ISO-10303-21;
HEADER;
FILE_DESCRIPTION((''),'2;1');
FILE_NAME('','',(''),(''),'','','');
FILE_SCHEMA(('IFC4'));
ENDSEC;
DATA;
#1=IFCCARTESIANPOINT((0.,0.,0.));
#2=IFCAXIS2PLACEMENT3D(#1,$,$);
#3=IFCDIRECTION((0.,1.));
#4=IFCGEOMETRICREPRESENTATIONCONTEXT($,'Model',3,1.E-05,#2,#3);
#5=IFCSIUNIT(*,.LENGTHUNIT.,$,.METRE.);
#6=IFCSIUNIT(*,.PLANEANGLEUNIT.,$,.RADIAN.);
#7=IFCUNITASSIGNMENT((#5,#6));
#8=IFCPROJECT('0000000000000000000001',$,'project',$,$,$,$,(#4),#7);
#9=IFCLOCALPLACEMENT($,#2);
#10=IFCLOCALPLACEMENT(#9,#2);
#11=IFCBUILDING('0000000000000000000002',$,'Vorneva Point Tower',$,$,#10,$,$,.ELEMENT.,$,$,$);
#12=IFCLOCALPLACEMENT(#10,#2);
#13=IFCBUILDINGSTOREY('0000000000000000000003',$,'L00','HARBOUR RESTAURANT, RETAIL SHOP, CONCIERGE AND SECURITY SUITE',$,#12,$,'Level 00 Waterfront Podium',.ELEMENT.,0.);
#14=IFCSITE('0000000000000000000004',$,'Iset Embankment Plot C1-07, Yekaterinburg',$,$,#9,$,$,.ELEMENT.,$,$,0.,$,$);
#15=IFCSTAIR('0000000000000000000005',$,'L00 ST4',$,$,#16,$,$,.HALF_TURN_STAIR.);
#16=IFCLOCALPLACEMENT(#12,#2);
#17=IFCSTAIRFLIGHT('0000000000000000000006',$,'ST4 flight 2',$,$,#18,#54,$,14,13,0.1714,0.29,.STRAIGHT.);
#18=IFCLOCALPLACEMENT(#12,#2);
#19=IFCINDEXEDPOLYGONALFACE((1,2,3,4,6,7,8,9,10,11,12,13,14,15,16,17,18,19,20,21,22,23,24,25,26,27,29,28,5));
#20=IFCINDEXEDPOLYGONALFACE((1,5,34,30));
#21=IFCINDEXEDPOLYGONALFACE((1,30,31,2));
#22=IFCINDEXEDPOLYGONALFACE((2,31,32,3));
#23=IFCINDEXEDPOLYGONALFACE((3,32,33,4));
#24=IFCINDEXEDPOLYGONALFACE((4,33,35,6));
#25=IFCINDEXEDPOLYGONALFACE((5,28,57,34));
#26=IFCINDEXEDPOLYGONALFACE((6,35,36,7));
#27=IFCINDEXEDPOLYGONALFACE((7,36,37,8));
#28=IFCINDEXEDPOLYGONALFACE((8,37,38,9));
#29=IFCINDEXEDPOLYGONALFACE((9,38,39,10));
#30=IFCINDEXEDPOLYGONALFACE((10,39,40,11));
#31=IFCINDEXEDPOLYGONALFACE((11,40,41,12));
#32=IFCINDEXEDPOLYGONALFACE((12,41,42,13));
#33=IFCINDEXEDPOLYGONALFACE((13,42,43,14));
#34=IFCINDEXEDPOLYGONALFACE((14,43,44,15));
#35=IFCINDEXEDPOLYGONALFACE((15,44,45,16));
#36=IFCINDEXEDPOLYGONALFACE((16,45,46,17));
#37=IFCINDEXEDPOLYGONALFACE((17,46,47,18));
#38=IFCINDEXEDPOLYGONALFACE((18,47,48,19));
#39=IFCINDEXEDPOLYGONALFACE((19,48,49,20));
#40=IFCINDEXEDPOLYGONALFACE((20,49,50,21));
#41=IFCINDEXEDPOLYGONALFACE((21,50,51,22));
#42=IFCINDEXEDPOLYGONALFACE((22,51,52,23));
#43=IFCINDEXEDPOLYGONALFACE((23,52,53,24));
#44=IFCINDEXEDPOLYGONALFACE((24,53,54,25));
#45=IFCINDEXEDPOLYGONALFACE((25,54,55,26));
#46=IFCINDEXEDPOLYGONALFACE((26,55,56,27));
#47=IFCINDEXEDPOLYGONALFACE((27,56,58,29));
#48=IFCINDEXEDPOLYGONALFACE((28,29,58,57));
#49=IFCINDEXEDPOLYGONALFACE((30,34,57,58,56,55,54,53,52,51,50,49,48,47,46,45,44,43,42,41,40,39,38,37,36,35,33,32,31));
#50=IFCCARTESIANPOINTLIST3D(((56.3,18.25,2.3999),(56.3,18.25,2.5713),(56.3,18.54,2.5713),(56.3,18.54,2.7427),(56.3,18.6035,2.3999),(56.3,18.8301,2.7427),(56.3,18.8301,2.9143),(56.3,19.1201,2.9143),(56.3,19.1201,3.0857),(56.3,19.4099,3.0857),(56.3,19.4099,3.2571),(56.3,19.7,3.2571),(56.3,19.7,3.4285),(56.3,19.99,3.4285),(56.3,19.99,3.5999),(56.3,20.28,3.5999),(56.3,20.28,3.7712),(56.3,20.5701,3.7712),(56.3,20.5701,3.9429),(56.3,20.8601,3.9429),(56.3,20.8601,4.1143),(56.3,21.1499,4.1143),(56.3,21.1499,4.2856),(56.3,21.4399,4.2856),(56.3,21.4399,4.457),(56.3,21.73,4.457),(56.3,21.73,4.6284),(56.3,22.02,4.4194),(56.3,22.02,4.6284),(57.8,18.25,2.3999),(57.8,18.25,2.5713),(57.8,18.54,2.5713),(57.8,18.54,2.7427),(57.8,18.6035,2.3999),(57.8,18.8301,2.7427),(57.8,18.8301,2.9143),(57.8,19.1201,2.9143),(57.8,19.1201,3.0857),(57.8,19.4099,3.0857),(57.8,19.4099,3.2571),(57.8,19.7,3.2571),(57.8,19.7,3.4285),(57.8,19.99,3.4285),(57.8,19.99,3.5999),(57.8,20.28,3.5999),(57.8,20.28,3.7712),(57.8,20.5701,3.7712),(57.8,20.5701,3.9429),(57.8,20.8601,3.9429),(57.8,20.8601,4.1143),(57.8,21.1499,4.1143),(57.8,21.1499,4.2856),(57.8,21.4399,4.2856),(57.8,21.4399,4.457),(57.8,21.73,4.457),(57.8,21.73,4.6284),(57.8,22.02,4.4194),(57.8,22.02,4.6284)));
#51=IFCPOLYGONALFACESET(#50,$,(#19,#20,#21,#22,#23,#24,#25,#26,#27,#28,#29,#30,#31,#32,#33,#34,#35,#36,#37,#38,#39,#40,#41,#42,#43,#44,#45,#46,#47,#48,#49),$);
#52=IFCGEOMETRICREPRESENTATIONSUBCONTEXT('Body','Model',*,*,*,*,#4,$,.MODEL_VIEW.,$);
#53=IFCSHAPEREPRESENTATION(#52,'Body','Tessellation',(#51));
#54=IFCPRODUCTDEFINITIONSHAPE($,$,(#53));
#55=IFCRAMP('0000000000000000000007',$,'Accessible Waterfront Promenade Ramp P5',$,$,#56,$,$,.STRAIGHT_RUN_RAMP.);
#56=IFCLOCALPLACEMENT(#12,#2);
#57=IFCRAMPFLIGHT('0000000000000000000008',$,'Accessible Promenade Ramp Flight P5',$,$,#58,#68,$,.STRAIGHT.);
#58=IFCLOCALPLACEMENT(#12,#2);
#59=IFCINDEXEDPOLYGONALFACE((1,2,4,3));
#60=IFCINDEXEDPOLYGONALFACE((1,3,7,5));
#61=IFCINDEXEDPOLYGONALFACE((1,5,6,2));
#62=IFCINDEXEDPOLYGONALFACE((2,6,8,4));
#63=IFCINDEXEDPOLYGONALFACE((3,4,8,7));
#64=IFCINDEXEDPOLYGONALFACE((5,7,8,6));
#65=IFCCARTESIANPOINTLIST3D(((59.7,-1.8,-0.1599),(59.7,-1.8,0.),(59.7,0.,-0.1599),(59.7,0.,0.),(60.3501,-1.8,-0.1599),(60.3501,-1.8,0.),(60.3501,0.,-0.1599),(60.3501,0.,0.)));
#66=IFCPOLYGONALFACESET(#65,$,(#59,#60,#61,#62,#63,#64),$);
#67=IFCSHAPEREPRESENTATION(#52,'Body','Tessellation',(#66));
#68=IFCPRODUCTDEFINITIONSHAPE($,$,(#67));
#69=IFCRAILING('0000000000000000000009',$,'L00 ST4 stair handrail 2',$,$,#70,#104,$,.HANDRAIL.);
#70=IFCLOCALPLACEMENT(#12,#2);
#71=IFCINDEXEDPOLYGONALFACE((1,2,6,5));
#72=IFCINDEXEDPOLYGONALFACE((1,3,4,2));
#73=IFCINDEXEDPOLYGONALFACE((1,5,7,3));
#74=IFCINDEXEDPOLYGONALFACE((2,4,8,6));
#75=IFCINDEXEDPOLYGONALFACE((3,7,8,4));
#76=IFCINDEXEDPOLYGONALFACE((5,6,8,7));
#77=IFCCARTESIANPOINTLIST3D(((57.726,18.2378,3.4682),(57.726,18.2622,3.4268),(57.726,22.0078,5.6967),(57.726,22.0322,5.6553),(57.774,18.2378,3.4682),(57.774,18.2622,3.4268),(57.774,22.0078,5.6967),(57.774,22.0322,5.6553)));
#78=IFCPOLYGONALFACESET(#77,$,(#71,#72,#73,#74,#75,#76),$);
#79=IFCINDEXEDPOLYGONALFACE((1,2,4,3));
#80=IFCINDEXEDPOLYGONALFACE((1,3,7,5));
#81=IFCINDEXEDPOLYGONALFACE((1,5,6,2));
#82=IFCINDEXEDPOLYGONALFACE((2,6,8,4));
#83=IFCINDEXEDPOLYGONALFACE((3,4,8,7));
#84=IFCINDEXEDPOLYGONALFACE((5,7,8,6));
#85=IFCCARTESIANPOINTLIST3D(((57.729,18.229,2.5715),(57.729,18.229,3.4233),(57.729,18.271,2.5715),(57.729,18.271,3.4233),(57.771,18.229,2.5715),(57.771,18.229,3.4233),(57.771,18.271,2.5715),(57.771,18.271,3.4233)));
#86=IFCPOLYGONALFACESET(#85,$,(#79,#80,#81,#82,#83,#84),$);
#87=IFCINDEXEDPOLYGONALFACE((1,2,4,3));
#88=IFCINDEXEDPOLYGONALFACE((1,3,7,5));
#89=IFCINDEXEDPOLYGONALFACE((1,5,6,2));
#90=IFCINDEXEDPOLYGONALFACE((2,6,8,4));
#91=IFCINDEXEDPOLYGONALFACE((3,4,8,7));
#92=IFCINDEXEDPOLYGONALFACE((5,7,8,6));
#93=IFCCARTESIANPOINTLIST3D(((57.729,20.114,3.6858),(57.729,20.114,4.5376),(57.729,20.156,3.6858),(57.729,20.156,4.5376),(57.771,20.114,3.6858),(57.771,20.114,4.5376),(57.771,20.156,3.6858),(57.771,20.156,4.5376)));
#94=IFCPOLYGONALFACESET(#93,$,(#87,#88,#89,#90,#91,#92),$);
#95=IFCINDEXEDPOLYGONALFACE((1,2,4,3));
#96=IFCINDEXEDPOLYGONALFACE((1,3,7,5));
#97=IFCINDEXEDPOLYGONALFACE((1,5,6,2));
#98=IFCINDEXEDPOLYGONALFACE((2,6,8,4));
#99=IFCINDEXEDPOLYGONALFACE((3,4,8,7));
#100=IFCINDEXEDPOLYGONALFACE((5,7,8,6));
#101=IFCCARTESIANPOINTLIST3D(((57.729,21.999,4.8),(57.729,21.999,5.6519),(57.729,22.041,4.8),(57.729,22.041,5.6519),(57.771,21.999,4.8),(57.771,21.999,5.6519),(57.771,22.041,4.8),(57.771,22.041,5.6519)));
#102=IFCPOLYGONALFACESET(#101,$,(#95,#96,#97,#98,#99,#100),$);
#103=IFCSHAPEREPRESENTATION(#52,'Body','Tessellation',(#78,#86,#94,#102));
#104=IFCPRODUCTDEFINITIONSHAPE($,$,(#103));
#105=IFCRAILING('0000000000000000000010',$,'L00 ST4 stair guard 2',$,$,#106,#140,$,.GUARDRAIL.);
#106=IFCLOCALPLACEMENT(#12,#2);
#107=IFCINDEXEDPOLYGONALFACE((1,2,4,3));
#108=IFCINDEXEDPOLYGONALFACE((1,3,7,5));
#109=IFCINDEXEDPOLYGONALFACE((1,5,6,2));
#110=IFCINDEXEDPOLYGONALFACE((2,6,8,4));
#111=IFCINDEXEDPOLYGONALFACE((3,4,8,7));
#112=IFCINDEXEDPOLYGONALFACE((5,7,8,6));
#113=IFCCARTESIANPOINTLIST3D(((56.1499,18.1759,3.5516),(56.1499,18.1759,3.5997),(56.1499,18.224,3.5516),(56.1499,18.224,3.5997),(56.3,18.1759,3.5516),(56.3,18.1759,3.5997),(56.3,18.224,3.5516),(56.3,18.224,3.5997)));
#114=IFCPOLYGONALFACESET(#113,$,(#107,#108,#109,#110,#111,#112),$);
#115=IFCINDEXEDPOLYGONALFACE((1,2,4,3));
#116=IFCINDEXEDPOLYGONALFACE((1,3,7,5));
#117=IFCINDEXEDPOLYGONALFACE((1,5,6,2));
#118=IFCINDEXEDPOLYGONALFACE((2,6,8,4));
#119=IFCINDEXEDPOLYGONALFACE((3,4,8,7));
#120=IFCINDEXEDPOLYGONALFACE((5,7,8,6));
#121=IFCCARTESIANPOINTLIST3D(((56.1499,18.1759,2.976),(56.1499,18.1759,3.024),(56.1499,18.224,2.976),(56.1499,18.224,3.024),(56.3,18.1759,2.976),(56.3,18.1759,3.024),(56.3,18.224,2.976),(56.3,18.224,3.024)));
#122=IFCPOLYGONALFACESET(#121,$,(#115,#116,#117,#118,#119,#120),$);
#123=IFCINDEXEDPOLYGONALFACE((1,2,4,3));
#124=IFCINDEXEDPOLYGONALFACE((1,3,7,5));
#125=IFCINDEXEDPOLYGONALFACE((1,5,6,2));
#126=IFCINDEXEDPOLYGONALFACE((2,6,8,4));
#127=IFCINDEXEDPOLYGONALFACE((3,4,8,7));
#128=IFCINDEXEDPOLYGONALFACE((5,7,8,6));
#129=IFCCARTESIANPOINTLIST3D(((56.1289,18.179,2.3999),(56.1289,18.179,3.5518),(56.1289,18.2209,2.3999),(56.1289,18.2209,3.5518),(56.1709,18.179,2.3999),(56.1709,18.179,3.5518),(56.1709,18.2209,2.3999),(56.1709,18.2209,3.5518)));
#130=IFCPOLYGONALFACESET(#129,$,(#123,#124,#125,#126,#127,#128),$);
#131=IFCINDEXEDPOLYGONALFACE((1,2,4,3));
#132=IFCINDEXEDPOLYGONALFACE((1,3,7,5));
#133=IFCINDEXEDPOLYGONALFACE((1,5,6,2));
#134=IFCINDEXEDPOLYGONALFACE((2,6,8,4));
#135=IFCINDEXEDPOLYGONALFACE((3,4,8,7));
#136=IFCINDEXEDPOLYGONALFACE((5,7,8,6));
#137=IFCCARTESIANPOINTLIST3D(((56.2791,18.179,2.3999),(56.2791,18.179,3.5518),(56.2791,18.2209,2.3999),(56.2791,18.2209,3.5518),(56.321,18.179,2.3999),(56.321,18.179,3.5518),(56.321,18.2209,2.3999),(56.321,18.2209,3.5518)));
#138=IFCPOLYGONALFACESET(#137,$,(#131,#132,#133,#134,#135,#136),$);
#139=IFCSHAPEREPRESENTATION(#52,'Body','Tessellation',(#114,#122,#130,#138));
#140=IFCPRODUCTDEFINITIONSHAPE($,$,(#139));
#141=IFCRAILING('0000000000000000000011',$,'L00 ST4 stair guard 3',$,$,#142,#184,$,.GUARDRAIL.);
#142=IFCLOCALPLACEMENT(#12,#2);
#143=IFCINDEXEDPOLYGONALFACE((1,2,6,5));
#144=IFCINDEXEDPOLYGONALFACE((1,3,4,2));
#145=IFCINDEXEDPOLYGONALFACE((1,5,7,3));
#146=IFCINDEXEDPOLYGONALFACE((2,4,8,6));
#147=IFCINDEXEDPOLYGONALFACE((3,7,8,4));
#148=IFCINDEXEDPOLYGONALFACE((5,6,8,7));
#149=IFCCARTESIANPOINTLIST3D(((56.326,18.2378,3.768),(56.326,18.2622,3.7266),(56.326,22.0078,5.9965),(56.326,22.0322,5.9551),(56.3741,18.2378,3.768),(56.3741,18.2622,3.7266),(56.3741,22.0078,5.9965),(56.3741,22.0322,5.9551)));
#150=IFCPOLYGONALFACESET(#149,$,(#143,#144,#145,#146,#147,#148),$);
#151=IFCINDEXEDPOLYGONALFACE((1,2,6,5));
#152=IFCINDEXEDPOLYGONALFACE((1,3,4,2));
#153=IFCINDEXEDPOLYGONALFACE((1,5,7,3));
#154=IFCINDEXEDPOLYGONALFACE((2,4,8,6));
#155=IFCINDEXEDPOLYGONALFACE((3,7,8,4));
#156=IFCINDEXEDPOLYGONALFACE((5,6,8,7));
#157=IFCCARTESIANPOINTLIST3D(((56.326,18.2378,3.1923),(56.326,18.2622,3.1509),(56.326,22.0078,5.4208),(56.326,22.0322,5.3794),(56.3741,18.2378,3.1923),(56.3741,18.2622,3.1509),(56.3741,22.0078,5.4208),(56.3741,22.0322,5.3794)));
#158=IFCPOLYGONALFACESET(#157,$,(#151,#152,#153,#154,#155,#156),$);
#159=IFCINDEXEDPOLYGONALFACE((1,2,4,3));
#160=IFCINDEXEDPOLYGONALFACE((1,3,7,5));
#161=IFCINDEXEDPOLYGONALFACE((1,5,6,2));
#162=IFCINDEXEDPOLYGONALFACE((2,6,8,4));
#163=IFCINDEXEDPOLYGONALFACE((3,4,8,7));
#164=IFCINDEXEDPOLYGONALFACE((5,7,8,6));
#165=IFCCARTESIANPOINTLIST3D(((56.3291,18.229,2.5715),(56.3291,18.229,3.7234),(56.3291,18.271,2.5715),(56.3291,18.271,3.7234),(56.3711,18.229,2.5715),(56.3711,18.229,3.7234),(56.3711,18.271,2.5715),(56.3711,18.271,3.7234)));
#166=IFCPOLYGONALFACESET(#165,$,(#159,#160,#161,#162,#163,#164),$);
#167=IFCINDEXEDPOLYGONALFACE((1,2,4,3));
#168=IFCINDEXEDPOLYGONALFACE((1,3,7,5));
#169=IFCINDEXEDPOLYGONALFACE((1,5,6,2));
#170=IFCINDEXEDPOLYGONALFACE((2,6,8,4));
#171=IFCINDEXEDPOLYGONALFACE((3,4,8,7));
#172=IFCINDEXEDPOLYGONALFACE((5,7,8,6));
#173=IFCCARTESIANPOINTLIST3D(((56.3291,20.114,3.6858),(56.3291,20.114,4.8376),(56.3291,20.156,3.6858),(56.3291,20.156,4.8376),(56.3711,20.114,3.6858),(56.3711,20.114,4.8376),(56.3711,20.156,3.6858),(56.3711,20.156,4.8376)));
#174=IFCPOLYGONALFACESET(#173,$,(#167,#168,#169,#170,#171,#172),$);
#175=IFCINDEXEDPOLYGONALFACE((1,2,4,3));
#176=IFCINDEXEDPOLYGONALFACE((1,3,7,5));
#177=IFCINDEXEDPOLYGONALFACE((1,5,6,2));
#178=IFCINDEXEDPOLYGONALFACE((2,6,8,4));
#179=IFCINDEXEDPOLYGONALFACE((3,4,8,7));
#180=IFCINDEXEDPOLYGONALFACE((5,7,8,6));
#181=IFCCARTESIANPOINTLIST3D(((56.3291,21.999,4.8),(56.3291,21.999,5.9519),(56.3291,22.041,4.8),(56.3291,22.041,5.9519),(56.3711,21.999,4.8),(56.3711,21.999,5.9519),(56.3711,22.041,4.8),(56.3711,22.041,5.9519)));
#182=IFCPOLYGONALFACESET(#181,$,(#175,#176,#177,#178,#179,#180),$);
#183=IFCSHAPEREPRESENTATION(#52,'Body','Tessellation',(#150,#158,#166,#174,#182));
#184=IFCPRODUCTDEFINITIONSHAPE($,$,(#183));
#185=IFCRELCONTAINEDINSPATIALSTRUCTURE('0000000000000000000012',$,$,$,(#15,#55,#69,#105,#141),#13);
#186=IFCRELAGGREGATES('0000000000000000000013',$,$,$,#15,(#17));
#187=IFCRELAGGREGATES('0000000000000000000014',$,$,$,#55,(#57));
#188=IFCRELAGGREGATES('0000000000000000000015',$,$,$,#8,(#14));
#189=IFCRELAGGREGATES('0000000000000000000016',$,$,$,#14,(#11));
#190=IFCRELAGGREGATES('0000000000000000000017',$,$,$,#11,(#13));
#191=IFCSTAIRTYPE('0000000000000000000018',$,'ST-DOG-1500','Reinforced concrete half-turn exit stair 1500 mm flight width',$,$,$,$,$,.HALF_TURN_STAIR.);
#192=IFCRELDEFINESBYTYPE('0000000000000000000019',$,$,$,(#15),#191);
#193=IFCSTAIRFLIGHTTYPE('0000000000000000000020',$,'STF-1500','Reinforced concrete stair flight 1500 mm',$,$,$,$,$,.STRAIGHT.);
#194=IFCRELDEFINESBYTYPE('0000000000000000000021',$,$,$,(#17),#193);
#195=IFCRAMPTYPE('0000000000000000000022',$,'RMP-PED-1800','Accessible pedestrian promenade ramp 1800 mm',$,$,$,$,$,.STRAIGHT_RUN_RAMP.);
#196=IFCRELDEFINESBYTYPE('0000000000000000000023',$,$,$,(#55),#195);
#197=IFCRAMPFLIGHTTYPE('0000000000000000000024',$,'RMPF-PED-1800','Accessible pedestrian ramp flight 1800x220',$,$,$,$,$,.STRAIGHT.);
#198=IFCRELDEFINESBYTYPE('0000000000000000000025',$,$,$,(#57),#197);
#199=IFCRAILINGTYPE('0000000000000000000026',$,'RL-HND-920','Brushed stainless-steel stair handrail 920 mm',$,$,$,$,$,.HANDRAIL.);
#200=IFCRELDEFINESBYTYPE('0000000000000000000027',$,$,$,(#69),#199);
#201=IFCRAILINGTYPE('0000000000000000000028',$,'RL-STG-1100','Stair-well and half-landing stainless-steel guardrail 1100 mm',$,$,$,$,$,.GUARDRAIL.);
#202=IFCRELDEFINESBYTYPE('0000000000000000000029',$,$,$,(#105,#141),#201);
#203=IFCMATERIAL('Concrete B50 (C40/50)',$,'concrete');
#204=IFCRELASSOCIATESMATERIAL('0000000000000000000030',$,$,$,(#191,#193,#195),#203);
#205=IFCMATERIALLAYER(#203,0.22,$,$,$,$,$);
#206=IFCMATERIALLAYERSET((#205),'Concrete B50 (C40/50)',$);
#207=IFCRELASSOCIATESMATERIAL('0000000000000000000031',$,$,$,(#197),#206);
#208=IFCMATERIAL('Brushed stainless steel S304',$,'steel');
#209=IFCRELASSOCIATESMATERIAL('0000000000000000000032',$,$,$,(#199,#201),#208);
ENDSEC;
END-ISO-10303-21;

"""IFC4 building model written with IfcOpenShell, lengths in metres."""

from ifc_helpers import new_model, si_unit, direction, frame, origin, origin_2d, place, context, subcontext, project, spatial, polyline, rectangle, outline, extrude, material, layer, layer_set, type_object, element, aggregate, save


model = new_model("IFC4")

# Units and contexts
model_context = context("Model", 3, precision=1e-05, world=origin(), true_north=direction((0.0, 1.0)))
body_context = subcontext(model_context, "Body", "Model", "MODEL_VIEW")
ifc_project = project(units=[si_unit("LENGTHUNIT", "METRE"), si_unit("PLANEANGLEUNIT", "RADIAN")], contexts=[model_context])

# Site, building, storey
site_placement = place(None, origin())
site = spatial("IfcSite", under=ifc_project, at=site_placement, Name="Iset Embankment Plot C1-07, Yekaterinburg", CompositionType="ELEMENT", RefElevation=0.0)
building_placement = place(site_placement, origin())
building = spatial("IfcBuilding", under=site, at=building_placement, Name="Vorneva Point Tower", CompositionType="ELEMENT")
storey_placement = place(building_placement, origin())
storey = spatial("IfcBuildingStorey", under=building, at=storey_placement, Name="L00", Description="HARBOUR RESTAURANT, RETAIL SHOP, CONCIERGE AND SECURITY SUITE", LongName="Level 00 Waterfront Podium", CompositionType="ELEMENT", Elevation=0.0)

# Shared definitions
ifc_material_1 = material(Name="Concrete B50 (C40/50)", Category="concrete")

# Stair, stair flight
stair_type = type_object("IfcStairType", Name="ST-DOG-1500", Description="Reinforced concrete half-turn exit stair 1500 mm flight width", PredefinedType="HALF_TURN_STAIR", material=ifc_material_1)
stair_placement = place(storey_placement, origin())
stair = element("IfcStair", 1, at=stair_placement, inside=storey, type_object=stair_type, Name="L00 ST4", PredefinedType="HALF_TURN_STAIR")
stair_flight_type = type_object("IfcStairFlightType", Name="STF-1500", Description="Reinforced concrete stair flight 1500 mm", PredefinedType="STRAIGHT", material=ifc_material_1)
stair_flight_placement = place(storey_placement, frame((57.05, 18.25, 2.3999), z_axis=(0.0, 0.0, 1.0), x_axis=(0.0, 1.0, 0.0)))
stair_flight = element("IfcStairFlight", 2, at=stair_flight_placement, type_object=stair_flight_type, Name="ST4 flight 2", NumberOfRisers=14, NumberOfTreads=13, PredefinedType="STRAIGHT", RiserHeight=0.1714, TreadLength=0.29, context=body_context, shape_type="SweptSolid", body=[
    extrude(outline(polyline([(0.0, 0.0), (0.0, 0.1714), (0.29, 0.1714), (0.29, 0.3428), (0.5801, 0.3428), (0.5801, 0.5144), (0.8701, 0.5144), (0.8701, 0.6858), (1.1599, 0.6858), (1.1599, 0.8572), (1.45, 0.8572), (1.45, 1.0286), (1.74, 1.0286), (1.74, 1.2), (2.03, 1.2), (2.03, 1.3713), (2.3201, 1.3713), (2.3201, 1.543), (2.6101, 1.543), (2.6101, 1.7144), (2.8999, 1.7144), (2.8999, 1.8857), (3.1899, 1.8857), (3.1899, 2.0571), (3.48, 2.0571), (3.48, 2.2285), (3.77, 2.2285), (3.77, 2.3999), (3.77, 2.0195), (0.3535, 0.0), (0.0, 0.0)])), frame((0.0, 0.75, 0.0), z_axis=(0.0, -1.0, 0.0), x_axis=(1.0, 0.0, 0.0)), (0.0, 0.0, 1.0), 1.5),
])
aggregate(stair, [stair_flight])

# Ramp, ramp flight
ramp_type = type_object("IfcRampType", Name="RMP-PED-1800", Description="Accessible pedestrian promenade ramp 1800 mm", PredefinedType="STRAIGHT_RUN_RAMP", material=ifc_material_1)
ramp_placement = place(storey_placement, origin())
ramp = element("IfcRamp", 3, at=ramp_placement, inside=storey, type_object=ramp_type, Name="Accessible Waterfront Promenade Ramp P5", PredefinedType="STRAIGHT_RUN_RAMP")
ifc_layer_1 = layer(ifc_material_1, 0.22)
ifc_layer_set_1 = layer_set([ifc_layer_1], Name="Concrete B50 (C40/50)")
ramp_flight_type = type_object("IfcRampFlightType", Name="RMPF-PED-1800", Description="Accessible pedestrian ramp flight 1800x220", PredefinedType="STRAIGHT", material=ifc_layer_set_1)
ramp_flight_placement = place(storey_placement, frame((59.7, -0.8999, 0.0), z_axis=(0.0, 0.0, 1.0), x_axis=(1.0, 0.0, 0.0)))
ramp_flight = element("IfcRampFlight", 4, at=ramp_flight_placement, type_object=ramp_flight_type, Name="Accessible Promenade Ramp Flight P5", PredefinedType="STRAIGHT", context=body_context, shape_type="SweptSolid", body=[
    extrude(outline(polyline([(0.0, -0.1599), (0.6501, -0.1599), (0.6501, 0.0), (0.0, 0.0), (0.0, -0.1599)])), frame((0.0, 0.8999, 0.0), z_axis=(0.0, -1.0, 0.0), x_axis=(1.0, 0.0, 0.0)), (0.0, 0.0, 1.0), 1.8),
])
aggregate(ramp, [ramp_flight])

# Railings
ifc_material_2 = material(Name="Brushed stainless steel S304", Category="steel")
railing_type_1 = type_object("IfcRailingType", Name="RL-HND-920", Description="Brushed stainless-steel stair handrail 920 mm", PredefinedType="HANDRAIL", material=ifc_material_2)
railing_1_placement = place(storey_placement, frame((57.75, 18.25, 2.5715)))
element("IfcRailing", 5, at=railing_1_placement, inside=storey, type_object=railing_type_1, Name="L00 ST4 stair handrail 2", PredefinedType="HANDRAIL", context=body_context, shape_type="SweptSolid", body=[
    extrude(rectangle(XDim=0.0481, YDim=0.0481, at=origin_2d()), frame((0.0, 0.0, 0.876), z_axis=(0.0, 0.860849, 0.508861), x_axis=(-1.0, 0.0, 0.0)), (0.0, 0.0, 1.0), 4.3794),
    extrude(rectangle(XDim=0.042, YDim=0.042, at=origin_2d()), origin(), (0.0, 0.0, 1.0), 0.8518),
    extrude(rectangle(XDim=0.042, YDim=0.042, at=origin_2d()), frame((0.0, 1.885, 1.1143)), (0.0, 0.0, 1.0), 0.8518),
    extrude(rectangle(XDim=0.042, YDim=0.042, at=origin_2d()), frame((0.0, 3.77, 2.2285)), (0.0, 0.0, 1.0), 0.8518),
])
railing_type_2 = type_object("IfcRailingType", Name="RL-STG-1100", Description="Stair-well and half-landing stainless-steel guardrail 1100 mm", PredefinedType="GUARDRAIL", material=ifc_material_2)
railing_2_placement = place(storey_placement, frame((56.1499, 18.2, 2.3999)))
element("IfcRailing", 6, at=railing_2_placement, inside=storey, type_object=railing_type_2, Name="L00 ST4 stair guard 2", PredefinedType="GUARDRAIL", context=body_context, shape_type="SweptSolid", body=[
    extrude(rectangle(XDim=0.0481, YDim=0.0481, at=origin_2d()), frame((0.0, 0.0, 1.1758), z_axis=(1.0, 0.0, 0.0), x_axis=(0.0, 1.0, 0.0)), (0.0, 0.0, 1.0), 0.1501),
    extrude(rectangle(XDim=0.0481, YDim=0.0481, at=origin_2d()), frame((0.0, 0.0, 0.6001), z_axis=(1.0, 0.0, 0.0), x_axis=(0.0, 1.0, 0.0)), (0.0, 0.0, 1.0), 0.1501),
    extrude(rectangle(XDim=0.042, YDim=0.042, at=origin_2d()), origin(), (0.0, 0.0, 1.0), 1.1519),
    extrude(rectangle(XDim=0.042, YDim=0.042, at=origin_2d()), frame((0.1501, 0.0, 0.0)), (0.0, 0.0, 1.0), 1.1519),
])
railing_3_placement = place(storey_placement, frame((56.3501, 18.25, 2.5715)))
element("IfcRailing", 7, at=railing_3_placement, inside=storey, type_object=railing_type_2, Name="L00 ST4 stair guard 3", PredefinedType="GUARDRAIL", context=body_context, shape_type="SweptSolid", body=[
    extrude(rectangle(XDim=0.0481, YDim=0.0481, at=origin_2d()), frame((0.0, 0.0, 1.1758), z_axis=(0.0, 0.860849, 0.508861), x_axis=(-1.0, 0.0, 0.0)), (0.0, 0.0, 1.0), 4.3794),
    extrude(rectangle(XDim=0.0481, YDim=0.0481, at=origin_2d()), frame((0.0, 0.0, 0.6001), z_axis=(0.0, 0.860849, 0.508861), x_axis=(-1.0, 0.0, 0.0)), (0.0, 0.0, 1.0), 4.3794),
    extrude(rectangle(XDim=0.042, YDim=0.042, at=origin_2d()), origin(), (0.0, 0.0, 1.0), 1.1519),
    extrude(rectangle(XDim=0.042, YDim=0.042, at=origin_2d()), frame((0.0, 1.885, 1.1143)), (0.0, 0.0, 1.0), 1.1519),
    extrude(rectangle(XDim=0.042, YDim=0.042, at=origin_2d()), frame((0.0, 3.77, 2.2285)), (0.0, 0.0, 1.0), 1.1519),
])

save(model, "model.ifc")
